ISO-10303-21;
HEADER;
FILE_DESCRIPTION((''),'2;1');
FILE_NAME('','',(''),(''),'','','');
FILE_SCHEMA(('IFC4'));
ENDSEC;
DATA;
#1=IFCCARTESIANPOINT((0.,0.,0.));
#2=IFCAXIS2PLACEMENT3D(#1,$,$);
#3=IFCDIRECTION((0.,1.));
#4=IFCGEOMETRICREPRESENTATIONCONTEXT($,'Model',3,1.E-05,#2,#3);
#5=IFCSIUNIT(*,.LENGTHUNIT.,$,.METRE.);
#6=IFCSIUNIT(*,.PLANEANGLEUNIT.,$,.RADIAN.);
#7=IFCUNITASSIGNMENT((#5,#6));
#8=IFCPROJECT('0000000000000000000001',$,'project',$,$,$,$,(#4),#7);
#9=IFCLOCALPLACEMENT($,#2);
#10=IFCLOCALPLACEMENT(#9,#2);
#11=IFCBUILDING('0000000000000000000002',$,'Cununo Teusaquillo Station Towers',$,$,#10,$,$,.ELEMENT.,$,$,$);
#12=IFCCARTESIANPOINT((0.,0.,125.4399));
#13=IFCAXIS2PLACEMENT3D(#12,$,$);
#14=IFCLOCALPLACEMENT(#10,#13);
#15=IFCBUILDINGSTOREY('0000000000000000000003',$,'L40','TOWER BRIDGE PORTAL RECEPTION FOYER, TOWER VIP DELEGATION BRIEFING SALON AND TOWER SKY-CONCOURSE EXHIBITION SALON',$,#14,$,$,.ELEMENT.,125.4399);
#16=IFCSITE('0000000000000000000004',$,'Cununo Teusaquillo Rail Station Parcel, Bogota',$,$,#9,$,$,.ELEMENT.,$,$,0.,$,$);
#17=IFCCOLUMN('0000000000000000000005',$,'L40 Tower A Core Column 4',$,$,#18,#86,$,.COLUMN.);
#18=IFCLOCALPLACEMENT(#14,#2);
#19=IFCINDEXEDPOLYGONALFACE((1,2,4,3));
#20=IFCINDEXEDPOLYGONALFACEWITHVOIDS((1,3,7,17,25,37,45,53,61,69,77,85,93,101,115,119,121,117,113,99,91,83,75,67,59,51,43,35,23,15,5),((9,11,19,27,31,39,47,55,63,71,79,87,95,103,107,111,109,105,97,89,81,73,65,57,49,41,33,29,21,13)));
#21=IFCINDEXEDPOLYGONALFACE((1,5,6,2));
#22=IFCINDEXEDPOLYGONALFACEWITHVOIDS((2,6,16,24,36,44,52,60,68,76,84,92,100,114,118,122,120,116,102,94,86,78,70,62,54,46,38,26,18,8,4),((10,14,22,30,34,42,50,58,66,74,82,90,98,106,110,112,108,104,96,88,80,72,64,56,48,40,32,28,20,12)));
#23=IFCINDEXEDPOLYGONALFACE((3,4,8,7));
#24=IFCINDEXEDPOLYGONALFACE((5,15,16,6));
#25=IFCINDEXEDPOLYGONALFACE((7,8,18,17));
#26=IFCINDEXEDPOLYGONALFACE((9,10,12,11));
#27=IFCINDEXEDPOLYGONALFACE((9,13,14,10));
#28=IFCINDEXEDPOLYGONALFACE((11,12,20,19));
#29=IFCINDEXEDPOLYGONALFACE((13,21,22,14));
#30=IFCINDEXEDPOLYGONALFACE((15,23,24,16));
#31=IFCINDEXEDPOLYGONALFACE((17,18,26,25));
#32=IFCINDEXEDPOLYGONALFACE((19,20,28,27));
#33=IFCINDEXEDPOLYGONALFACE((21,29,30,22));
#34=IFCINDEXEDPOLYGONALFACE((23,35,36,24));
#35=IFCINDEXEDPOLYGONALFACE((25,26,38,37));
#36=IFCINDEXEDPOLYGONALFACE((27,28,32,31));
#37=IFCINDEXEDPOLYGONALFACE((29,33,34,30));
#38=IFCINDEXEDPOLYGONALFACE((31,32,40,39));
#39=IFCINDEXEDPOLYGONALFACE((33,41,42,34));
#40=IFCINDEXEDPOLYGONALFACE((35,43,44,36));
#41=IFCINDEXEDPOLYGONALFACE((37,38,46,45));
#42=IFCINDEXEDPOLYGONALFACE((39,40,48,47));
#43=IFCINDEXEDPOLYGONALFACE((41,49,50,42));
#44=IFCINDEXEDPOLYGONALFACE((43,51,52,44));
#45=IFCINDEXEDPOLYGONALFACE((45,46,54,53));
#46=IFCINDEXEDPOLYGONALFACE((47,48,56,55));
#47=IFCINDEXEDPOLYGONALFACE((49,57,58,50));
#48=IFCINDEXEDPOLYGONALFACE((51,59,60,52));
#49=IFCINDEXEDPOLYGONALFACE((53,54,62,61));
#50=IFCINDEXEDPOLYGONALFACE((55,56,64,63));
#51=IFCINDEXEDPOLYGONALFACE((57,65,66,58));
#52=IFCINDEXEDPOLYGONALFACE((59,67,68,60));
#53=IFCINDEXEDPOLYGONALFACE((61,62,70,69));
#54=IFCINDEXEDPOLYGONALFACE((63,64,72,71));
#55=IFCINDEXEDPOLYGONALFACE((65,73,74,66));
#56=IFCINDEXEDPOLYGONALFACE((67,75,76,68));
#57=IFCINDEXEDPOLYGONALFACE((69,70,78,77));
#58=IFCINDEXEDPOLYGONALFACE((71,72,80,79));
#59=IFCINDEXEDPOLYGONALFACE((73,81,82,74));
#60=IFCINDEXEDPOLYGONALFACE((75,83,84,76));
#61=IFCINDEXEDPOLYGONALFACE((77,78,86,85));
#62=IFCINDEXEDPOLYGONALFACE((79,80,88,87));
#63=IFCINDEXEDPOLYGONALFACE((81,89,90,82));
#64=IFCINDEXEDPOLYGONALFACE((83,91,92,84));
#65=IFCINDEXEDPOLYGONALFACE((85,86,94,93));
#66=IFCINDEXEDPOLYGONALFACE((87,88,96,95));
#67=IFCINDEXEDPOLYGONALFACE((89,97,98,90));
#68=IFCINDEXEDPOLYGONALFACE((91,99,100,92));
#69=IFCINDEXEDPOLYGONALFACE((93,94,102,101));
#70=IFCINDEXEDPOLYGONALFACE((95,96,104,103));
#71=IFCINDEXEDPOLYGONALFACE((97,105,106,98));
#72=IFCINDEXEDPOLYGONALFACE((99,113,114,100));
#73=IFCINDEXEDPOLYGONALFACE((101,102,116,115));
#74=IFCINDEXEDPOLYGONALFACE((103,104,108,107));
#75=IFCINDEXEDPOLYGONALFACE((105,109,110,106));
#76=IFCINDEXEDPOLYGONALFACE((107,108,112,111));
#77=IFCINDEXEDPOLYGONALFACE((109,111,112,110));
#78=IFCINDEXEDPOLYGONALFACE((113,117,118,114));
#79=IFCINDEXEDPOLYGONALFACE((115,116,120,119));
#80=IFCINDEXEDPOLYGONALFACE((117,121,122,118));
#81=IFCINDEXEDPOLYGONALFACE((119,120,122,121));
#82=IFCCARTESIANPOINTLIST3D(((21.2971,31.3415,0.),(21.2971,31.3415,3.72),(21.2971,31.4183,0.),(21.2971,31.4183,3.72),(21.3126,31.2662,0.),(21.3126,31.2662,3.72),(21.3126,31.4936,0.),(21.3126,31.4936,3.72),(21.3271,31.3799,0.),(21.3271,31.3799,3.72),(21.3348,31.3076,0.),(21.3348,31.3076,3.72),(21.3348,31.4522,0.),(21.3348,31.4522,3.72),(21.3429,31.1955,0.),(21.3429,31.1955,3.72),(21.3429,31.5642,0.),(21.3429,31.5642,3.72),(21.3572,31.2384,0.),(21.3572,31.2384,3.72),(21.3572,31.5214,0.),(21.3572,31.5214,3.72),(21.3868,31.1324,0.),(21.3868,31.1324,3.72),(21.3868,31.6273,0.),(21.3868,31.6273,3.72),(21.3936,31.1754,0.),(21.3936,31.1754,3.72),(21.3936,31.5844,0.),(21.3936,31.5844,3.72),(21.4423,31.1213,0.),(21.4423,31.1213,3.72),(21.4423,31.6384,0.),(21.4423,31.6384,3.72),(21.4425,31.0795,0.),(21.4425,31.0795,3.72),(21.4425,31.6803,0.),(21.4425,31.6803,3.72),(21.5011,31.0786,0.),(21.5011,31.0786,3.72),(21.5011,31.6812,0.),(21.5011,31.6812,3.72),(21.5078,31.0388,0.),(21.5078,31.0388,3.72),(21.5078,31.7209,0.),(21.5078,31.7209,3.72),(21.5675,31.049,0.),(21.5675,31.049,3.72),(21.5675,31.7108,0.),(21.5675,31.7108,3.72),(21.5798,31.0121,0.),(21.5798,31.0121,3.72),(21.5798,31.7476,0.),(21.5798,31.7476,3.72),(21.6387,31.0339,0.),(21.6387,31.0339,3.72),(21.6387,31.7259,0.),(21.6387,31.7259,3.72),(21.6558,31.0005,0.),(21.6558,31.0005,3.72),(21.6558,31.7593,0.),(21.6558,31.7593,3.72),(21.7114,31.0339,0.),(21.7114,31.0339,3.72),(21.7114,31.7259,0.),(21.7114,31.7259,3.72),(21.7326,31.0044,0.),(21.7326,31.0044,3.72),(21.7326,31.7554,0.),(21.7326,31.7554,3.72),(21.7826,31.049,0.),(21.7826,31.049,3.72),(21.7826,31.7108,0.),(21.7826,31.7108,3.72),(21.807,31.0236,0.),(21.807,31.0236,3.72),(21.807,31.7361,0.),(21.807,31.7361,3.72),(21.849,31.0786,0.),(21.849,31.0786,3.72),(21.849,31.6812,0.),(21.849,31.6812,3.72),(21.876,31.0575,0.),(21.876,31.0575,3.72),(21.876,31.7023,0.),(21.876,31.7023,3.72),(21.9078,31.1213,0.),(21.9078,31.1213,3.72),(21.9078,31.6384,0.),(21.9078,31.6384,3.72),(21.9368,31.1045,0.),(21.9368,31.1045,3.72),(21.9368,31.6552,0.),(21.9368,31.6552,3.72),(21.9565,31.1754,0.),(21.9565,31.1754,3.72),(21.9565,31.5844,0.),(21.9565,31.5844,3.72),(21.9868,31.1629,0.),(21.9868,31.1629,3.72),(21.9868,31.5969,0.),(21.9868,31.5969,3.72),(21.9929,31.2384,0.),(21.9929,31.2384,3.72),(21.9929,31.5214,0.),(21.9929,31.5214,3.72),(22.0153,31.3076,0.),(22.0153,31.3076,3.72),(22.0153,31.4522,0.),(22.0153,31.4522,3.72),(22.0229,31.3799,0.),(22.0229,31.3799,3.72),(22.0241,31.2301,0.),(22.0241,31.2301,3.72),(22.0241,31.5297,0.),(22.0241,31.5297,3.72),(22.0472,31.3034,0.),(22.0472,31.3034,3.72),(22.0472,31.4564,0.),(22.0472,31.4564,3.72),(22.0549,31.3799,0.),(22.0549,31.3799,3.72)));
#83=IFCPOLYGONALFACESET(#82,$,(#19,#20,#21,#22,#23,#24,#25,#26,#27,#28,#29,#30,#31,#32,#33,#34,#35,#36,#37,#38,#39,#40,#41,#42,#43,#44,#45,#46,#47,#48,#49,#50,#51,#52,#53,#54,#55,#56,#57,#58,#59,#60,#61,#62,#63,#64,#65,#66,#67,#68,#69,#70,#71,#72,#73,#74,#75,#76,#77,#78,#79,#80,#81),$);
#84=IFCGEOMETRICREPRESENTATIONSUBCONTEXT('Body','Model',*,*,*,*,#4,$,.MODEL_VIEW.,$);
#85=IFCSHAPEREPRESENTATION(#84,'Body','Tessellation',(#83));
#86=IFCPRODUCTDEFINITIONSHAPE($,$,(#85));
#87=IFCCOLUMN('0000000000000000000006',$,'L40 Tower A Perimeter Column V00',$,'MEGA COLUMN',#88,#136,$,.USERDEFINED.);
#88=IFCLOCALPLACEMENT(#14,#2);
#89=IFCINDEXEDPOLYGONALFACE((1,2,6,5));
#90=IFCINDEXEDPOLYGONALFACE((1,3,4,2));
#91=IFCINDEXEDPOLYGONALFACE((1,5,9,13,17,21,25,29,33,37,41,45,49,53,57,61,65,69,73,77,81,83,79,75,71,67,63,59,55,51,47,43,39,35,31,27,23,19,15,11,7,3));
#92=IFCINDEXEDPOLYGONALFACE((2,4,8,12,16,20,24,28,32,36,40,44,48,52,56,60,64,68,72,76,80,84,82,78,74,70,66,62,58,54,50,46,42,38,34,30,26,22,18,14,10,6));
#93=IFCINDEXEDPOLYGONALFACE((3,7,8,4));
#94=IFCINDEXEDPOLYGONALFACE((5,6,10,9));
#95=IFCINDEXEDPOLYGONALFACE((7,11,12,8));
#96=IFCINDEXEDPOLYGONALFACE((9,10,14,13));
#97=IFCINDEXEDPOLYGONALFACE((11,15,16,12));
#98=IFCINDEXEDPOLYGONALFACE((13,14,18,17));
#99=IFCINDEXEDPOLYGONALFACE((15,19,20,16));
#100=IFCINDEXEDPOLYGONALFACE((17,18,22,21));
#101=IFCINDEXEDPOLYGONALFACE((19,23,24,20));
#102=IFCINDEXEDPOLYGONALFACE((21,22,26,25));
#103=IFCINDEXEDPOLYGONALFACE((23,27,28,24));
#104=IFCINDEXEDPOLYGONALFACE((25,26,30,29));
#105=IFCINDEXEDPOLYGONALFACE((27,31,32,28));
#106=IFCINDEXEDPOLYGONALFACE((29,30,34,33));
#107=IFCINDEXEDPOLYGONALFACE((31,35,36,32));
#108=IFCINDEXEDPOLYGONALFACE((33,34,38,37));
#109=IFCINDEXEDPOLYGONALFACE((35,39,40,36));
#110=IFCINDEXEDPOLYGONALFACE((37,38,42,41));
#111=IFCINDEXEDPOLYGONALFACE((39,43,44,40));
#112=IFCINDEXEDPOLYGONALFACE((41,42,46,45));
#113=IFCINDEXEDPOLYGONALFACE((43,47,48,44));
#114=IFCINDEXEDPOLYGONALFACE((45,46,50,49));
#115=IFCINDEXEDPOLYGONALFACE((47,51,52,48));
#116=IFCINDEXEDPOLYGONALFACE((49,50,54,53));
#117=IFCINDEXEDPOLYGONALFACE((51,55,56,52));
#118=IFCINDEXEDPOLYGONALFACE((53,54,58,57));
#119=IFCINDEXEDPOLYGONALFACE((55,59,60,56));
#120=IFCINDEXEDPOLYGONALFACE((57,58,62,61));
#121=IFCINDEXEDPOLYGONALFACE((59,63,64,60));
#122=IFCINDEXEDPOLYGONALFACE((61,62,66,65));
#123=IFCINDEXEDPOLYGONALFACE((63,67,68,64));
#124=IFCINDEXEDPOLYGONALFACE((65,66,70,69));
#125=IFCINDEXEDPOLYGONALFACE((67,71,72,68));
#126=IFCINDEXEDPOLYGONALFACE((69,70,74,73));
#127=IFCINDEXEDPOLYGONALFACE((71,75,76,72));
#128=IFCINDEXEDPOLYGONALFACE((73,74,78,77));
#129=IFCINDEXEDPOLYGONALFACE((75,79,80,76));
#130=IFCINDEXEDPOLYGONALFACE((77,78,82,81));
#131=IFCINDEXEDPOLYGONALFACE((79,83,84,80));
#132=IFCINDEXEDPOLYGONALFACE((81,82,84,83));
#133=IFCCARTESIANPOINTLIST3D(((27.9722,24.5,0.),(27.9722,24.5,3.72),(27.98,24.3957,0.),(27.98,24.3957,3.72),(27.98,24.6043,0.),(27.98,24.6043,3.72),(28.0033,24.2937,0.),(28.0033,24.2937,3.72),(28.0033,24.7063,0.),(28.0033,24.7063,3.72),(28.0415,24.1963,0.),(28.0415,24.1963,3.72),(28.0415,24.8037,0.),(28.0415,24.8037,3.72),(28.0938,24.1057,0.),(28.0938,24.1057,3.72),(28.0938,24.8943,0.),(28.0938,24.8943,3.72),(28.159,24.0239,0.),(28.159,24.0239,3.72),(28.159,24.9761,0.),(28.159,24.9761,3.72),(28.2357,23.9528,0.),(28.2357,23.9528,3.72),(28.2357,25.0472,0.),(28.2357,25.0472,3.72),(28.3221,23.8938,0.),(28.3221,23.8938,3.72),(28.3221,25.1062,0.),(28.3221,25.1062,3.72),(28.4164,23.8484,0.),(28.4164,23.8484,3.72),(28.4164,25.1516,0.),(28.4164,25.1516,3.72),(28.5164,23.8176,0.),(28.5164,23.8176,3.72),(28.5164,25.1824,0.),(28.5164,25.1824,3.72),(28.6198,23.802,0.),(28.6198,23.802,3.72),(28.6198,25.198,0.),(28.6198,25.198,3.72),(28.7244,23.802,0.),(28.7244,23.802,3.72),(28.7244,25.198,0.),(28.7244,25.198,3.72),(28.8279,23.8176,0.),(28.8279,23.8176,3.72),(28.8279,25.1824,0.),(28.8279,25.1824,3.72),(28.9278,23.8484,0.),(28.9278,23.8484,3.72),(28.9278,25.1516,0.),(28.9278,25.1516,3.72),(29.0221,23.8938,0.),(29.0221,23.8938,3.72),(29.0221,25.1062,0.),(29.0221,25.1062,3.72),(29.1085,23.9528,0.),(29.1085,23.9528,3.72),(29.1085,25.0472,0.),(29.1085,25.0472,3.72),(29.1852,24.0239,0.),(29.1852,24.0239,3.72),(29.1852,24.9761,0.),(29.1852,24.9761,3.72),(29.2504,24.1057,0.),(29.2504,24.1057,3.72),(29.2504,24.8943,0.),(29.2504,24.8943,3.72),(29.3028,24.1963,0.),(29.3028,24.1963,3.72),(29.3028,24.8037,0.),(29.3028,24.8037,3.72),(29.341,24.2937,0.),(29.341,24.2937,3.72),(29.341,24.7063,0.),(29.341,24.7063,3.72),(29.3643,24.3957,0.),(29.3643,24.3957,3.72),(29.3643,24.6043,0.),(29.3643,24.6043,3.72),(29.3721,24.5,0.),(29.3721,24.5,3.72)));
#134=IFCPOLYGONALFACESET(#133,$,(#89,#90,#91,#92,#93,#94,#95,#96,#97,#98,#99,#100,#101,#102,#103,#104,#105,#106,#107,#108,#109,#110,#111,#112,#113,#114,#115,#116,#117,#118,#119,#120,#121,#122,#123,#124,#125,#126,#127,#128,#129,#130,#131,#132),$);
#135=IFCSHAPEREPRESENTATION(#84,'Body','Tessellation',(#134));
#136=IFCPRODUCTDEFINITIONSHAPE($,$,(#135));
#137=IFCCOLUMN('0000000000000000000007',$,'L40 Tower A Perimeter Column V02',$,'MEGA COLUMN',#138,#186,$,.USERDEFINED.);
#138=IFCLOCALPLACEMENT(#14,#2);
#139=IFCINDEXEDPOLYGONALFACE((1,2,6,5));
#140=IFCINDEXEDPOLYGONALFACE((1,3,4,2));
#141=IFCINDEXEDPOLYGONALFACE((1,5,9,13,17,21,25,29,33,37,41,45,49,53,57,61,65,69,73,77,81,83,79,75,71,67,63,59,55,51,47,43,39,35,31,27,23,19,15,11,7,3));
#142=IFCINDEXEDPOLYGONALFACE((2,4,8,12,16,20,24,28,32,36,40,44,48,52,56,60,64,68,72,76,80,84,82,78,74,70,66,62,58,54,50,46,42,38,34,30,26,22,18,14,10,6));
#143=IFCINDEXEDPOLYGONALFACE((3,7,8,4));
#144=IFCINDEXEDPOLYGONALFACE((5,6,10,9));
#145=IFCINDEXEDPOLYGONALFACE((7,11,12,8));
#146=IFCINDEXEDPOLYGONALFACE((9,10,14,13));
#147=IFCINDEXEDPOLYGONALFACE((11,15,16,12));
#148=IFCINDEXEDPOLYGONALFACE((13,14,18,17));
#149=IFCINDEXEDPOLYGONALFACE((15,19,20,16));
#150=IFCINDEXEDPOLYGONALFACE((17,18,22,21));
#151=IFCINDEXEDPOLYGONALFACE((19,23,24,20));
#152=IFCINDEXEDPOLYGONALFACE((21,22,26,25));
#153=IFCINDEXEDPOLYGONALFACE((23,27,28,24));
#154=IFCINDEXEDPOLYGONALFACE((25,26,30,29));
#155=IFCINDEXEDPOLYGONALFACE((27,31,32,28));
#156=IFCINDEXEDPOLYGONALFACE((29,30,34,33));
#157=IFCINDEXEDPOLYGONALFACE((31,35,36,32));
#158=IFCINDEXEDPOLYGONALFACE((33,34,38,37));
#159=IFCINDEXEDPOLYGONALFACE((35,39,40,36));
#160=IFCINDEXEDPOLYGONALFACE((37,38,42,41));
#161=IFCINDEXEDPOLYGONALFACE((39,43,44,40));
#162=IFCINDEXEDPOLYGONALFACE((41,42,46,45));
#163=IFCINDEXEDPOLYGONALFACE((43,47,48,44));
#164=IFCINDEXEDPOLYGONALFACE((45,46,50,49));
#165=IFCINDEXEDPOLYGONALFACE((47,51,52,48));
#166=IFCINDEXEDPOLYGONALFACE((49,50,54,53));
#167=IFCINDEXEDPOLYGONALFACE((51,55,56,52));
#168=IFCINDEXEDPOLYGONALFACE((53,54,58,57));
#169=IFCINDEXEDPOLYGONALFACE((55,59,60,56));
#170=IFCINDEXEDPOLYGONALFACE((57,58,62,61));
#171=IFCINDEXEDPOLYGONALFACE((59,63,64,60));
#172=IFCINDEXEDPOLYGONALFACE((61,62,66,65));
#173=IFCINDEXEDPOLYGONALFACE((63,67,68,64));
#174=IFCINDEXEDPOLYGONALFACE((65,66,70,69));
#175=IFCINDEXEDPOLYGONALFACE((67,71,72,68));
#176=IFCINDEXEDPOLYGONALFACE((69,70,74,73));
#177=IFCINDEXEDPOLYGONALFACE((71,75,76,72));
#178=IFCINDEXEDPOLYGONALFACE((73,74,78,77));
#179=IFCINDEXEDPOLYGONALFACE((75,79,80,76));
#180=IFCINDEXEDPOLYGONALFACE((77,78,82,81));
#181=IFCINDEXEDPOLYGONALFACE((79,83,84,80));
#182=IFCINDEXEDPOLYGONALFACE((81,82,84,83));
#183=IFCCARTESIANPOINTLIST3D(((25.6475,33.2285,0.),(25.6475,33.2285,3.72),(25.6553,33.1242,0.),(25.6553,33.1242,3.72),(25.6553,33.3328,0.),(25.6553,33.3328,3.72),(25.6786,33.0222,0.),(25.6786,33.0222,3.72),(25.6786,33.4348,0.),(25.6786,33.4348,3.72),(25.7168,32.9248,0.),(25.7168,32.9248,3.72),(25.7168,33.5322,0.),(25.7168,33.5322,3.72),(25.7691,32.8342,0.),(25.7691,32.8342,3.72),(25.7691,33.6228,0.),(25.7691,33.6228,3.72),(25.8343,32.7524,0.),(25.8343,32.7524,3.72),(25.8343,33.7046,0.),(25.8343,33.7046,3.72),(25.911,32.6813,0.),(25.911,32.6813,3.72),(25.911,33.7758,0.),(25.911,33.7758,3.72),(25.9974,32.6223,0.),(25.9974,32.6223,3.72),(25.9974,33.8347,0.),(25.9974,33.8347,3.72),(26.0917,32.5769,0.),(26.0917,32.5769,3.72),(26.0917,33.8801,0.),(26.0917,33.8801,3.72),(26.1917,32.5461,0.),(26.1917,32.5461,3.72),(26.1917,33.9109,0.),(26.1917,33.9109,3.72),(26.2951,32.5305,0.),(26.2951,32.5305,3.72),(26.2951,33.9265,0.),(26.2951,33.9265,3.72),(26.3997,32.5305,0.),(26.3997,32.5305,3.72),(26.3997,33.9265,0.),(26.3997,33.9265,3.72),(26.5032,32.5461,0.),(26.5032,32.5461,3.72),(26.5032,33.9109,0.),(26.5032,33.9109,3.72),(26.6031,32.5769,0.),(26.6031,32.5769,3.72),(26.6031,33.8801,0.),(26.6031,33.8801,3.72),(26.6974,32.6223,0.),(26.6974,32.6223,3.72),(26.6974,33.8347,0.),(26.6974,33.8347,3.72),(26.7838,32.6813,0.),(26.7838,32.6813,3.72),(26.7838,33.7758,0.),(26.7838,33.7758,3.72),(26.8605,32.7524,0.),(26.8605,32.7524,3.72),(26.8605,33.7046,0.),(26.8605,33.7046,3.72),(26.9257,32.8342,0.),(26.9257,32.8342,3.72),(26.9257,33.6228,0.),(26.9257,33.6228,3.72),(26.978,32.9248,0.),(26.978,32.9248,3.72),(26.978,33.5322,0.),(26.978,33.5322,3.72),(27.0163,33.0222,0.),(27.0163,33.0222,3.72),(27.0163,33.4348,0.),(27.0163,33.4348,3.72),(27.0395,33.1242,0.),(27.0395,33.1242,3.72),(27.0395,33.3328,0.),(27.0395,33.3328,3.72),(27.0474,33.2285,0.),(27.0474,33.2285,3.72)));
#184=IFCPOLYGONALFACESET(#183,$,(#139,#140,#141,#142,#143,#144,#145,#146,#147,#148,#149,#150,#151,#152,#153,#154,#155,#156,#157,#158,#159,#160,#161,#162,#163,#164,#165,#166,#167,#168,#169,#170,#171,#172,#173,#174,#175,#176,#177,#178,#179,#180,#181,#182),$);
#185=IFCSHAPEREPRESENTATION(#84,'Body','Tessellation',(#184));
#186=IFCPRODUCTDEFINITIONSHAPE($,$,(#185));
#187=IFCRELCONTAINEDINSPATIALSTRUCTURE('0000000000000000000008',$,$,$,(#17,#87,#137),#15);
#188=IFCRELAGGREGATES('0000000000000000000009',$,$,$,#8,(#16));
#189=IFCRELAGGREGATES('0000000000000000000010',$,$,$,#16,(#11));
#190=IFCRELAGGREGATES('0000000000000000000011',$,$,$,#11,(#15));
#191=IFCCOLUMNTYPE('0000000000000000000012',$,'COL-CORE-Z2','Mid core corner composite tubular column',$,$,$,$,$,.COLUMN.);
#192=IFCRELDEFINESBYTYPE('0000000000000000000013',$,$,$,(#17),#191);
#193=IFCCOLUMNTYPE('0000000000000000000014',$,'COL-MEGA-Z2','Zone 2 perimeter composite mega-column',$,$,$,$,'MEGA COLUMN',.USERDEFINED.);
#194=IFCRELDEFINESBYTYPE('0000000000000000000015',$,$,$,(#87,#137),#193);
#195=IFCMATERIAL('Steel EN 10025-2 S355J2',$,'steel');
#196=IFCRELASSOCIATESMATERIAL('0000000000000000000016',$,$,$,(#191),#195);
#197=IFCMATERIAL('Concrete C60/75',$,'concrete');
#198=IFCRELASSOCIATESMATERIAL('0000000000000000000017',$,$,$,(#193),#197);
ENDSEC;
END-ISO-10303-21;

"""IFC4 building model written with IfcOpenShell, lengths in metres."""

from ifc_helpers import new_model, si_unit, direction, frame, origin, origin_2d, place, context, subcontext, project, spatial, circle, hollow_circle, extrude, material, material_profile, profile_set, type_object, element, save


model = new_model("IFC4")

# Units and contexts
model_context = context("Model", 3, precision=1e-05, world=origin(), true_north=direction((0.0, 1.0)))
body_context = subcontext(model_context, "Body", "Model", "MODEL_VIEW")
ifc_project = project(units=[si_unit("LENGTHUNIT", "METRE"), si_unit("PLANEANGLEUNIT", "RADIAN")], contexts=[model_context])

# Site, building, storey
site_placement = place(None, origin())
site = spatial("IfcSite", under=ifc_project, at=site_placement, Name="Cununo Teusaquillo Rail Station Parcel, Bogota", CompositionType="ELEMENT", RefElevation=0.0)
building_placement = place(site_placement, origin())
building = spatial("IfcBuilding", under=site, at=building_placement, Name="Cununo Teusaquillo Station Towers", CompositionType="ELEMENT")
storey_placement = place(building_placement, frame((0.0, 0.0, 125.4399)))
storey = spatial("IfcBuildingStorey", under=building, at=storey_placement, Name="L40", Description="TOWER BRIDGE PORTAL RECEPTION FOYER, TOWER VIP DELEGATION BRIEFING SALON AND TOWER SKY-CONCOURSE EXHIBITION SALON", CompositionType="ELEMENT", Elevation=125.4399)

# Columns
ifc_material_1 = material(Name="Steel EN 10025-2 S355J2", Category="steel")
ifc_material_profile_1 = material_profile(ifc_material_1, hollow_circle(Radius=0.3799, WallThickness=0.032, at=origin_2d()), Name="CHS 760x32")
ifc_profile_set_1 = profile_set([ifc_material_profile_1], Name="Steel EN 10025-2 S355J2")
column_type_1 = type_object("IfcColumnType", Name="COL-CORE-Z2", Description="Mid core corner composite tubular column", PredefinedType="COLUMN", material=ifc_profile_set_1)
column_placement = place(storey_placement, frame((21.675, 31.3799, 0.0), z_axis=(0.0, 0.0, 1.0), x_axis=(1.0, 0.0, 0.0)))
element("IfcColumn", 1, at=column_placement, inside=storey, type_object=column_type_1, Name="L40 Tower A Core Column 4", PredefinedType="COLUMN", context=body_context, shape_type="SweptSolid", body=[
    extrude(hollow_circle(Radius=0.3799, WallThickness=0.032, at=origin_2d()), origin(), (0.0, 0.0, 1.0), 3.72),
])
ifc_material_2 = material(Name="Concrete C60/75", Category="concrete")
ifc_material_profile_2 = material_profile(ifc_material_2, circle(Radius=0.7, at=origin_2d()), Name="RC-CIRC-1400")
ifc_profile_set_2 = profile_set([ifc_material_profile_2], Name="Concrete C60/75")
column_type_2 = type_object("IfcColumnType", Name="COL-MEGA-Z2", Description="Zone 2 perimeter composite mega-column", ElementType="MEGA COLUMN", PredefinedType="USERDEFINED", material=ifc_profile_set_2)
for number, where, z_axis, x_axis, name in (
    (2, (28.6721, 24.5, 0.0), (0.0, 0.0, 1.0), (1.0, 0.0, 0.0), "L40 Tower A Perimeter Column V00"),
    (3, (26.3474, 33.2285, 0.0), (0.0, 0.0, 1.0), (1.0, 0.0, 0.0), "L40 Tower A Perimeter Column V02"),
):
    element("IfcColumn", number, at=place(storey_placement, frame(where, z_axis=z_axis, x_axis=x_axis)), inside=storey, type_object=column_type_2, Name=name, ObjectType="MEGA COLUMN", PredefinedType="USERDEFINED", context=body_context, shape_type="SweptSolid", body=[
        extrude(circle(Radius=0.7, at=origin_2d()), origin(), (0.0, 0.0, 1.0), 3.72),
    ])

save(model, "model.ifc")
